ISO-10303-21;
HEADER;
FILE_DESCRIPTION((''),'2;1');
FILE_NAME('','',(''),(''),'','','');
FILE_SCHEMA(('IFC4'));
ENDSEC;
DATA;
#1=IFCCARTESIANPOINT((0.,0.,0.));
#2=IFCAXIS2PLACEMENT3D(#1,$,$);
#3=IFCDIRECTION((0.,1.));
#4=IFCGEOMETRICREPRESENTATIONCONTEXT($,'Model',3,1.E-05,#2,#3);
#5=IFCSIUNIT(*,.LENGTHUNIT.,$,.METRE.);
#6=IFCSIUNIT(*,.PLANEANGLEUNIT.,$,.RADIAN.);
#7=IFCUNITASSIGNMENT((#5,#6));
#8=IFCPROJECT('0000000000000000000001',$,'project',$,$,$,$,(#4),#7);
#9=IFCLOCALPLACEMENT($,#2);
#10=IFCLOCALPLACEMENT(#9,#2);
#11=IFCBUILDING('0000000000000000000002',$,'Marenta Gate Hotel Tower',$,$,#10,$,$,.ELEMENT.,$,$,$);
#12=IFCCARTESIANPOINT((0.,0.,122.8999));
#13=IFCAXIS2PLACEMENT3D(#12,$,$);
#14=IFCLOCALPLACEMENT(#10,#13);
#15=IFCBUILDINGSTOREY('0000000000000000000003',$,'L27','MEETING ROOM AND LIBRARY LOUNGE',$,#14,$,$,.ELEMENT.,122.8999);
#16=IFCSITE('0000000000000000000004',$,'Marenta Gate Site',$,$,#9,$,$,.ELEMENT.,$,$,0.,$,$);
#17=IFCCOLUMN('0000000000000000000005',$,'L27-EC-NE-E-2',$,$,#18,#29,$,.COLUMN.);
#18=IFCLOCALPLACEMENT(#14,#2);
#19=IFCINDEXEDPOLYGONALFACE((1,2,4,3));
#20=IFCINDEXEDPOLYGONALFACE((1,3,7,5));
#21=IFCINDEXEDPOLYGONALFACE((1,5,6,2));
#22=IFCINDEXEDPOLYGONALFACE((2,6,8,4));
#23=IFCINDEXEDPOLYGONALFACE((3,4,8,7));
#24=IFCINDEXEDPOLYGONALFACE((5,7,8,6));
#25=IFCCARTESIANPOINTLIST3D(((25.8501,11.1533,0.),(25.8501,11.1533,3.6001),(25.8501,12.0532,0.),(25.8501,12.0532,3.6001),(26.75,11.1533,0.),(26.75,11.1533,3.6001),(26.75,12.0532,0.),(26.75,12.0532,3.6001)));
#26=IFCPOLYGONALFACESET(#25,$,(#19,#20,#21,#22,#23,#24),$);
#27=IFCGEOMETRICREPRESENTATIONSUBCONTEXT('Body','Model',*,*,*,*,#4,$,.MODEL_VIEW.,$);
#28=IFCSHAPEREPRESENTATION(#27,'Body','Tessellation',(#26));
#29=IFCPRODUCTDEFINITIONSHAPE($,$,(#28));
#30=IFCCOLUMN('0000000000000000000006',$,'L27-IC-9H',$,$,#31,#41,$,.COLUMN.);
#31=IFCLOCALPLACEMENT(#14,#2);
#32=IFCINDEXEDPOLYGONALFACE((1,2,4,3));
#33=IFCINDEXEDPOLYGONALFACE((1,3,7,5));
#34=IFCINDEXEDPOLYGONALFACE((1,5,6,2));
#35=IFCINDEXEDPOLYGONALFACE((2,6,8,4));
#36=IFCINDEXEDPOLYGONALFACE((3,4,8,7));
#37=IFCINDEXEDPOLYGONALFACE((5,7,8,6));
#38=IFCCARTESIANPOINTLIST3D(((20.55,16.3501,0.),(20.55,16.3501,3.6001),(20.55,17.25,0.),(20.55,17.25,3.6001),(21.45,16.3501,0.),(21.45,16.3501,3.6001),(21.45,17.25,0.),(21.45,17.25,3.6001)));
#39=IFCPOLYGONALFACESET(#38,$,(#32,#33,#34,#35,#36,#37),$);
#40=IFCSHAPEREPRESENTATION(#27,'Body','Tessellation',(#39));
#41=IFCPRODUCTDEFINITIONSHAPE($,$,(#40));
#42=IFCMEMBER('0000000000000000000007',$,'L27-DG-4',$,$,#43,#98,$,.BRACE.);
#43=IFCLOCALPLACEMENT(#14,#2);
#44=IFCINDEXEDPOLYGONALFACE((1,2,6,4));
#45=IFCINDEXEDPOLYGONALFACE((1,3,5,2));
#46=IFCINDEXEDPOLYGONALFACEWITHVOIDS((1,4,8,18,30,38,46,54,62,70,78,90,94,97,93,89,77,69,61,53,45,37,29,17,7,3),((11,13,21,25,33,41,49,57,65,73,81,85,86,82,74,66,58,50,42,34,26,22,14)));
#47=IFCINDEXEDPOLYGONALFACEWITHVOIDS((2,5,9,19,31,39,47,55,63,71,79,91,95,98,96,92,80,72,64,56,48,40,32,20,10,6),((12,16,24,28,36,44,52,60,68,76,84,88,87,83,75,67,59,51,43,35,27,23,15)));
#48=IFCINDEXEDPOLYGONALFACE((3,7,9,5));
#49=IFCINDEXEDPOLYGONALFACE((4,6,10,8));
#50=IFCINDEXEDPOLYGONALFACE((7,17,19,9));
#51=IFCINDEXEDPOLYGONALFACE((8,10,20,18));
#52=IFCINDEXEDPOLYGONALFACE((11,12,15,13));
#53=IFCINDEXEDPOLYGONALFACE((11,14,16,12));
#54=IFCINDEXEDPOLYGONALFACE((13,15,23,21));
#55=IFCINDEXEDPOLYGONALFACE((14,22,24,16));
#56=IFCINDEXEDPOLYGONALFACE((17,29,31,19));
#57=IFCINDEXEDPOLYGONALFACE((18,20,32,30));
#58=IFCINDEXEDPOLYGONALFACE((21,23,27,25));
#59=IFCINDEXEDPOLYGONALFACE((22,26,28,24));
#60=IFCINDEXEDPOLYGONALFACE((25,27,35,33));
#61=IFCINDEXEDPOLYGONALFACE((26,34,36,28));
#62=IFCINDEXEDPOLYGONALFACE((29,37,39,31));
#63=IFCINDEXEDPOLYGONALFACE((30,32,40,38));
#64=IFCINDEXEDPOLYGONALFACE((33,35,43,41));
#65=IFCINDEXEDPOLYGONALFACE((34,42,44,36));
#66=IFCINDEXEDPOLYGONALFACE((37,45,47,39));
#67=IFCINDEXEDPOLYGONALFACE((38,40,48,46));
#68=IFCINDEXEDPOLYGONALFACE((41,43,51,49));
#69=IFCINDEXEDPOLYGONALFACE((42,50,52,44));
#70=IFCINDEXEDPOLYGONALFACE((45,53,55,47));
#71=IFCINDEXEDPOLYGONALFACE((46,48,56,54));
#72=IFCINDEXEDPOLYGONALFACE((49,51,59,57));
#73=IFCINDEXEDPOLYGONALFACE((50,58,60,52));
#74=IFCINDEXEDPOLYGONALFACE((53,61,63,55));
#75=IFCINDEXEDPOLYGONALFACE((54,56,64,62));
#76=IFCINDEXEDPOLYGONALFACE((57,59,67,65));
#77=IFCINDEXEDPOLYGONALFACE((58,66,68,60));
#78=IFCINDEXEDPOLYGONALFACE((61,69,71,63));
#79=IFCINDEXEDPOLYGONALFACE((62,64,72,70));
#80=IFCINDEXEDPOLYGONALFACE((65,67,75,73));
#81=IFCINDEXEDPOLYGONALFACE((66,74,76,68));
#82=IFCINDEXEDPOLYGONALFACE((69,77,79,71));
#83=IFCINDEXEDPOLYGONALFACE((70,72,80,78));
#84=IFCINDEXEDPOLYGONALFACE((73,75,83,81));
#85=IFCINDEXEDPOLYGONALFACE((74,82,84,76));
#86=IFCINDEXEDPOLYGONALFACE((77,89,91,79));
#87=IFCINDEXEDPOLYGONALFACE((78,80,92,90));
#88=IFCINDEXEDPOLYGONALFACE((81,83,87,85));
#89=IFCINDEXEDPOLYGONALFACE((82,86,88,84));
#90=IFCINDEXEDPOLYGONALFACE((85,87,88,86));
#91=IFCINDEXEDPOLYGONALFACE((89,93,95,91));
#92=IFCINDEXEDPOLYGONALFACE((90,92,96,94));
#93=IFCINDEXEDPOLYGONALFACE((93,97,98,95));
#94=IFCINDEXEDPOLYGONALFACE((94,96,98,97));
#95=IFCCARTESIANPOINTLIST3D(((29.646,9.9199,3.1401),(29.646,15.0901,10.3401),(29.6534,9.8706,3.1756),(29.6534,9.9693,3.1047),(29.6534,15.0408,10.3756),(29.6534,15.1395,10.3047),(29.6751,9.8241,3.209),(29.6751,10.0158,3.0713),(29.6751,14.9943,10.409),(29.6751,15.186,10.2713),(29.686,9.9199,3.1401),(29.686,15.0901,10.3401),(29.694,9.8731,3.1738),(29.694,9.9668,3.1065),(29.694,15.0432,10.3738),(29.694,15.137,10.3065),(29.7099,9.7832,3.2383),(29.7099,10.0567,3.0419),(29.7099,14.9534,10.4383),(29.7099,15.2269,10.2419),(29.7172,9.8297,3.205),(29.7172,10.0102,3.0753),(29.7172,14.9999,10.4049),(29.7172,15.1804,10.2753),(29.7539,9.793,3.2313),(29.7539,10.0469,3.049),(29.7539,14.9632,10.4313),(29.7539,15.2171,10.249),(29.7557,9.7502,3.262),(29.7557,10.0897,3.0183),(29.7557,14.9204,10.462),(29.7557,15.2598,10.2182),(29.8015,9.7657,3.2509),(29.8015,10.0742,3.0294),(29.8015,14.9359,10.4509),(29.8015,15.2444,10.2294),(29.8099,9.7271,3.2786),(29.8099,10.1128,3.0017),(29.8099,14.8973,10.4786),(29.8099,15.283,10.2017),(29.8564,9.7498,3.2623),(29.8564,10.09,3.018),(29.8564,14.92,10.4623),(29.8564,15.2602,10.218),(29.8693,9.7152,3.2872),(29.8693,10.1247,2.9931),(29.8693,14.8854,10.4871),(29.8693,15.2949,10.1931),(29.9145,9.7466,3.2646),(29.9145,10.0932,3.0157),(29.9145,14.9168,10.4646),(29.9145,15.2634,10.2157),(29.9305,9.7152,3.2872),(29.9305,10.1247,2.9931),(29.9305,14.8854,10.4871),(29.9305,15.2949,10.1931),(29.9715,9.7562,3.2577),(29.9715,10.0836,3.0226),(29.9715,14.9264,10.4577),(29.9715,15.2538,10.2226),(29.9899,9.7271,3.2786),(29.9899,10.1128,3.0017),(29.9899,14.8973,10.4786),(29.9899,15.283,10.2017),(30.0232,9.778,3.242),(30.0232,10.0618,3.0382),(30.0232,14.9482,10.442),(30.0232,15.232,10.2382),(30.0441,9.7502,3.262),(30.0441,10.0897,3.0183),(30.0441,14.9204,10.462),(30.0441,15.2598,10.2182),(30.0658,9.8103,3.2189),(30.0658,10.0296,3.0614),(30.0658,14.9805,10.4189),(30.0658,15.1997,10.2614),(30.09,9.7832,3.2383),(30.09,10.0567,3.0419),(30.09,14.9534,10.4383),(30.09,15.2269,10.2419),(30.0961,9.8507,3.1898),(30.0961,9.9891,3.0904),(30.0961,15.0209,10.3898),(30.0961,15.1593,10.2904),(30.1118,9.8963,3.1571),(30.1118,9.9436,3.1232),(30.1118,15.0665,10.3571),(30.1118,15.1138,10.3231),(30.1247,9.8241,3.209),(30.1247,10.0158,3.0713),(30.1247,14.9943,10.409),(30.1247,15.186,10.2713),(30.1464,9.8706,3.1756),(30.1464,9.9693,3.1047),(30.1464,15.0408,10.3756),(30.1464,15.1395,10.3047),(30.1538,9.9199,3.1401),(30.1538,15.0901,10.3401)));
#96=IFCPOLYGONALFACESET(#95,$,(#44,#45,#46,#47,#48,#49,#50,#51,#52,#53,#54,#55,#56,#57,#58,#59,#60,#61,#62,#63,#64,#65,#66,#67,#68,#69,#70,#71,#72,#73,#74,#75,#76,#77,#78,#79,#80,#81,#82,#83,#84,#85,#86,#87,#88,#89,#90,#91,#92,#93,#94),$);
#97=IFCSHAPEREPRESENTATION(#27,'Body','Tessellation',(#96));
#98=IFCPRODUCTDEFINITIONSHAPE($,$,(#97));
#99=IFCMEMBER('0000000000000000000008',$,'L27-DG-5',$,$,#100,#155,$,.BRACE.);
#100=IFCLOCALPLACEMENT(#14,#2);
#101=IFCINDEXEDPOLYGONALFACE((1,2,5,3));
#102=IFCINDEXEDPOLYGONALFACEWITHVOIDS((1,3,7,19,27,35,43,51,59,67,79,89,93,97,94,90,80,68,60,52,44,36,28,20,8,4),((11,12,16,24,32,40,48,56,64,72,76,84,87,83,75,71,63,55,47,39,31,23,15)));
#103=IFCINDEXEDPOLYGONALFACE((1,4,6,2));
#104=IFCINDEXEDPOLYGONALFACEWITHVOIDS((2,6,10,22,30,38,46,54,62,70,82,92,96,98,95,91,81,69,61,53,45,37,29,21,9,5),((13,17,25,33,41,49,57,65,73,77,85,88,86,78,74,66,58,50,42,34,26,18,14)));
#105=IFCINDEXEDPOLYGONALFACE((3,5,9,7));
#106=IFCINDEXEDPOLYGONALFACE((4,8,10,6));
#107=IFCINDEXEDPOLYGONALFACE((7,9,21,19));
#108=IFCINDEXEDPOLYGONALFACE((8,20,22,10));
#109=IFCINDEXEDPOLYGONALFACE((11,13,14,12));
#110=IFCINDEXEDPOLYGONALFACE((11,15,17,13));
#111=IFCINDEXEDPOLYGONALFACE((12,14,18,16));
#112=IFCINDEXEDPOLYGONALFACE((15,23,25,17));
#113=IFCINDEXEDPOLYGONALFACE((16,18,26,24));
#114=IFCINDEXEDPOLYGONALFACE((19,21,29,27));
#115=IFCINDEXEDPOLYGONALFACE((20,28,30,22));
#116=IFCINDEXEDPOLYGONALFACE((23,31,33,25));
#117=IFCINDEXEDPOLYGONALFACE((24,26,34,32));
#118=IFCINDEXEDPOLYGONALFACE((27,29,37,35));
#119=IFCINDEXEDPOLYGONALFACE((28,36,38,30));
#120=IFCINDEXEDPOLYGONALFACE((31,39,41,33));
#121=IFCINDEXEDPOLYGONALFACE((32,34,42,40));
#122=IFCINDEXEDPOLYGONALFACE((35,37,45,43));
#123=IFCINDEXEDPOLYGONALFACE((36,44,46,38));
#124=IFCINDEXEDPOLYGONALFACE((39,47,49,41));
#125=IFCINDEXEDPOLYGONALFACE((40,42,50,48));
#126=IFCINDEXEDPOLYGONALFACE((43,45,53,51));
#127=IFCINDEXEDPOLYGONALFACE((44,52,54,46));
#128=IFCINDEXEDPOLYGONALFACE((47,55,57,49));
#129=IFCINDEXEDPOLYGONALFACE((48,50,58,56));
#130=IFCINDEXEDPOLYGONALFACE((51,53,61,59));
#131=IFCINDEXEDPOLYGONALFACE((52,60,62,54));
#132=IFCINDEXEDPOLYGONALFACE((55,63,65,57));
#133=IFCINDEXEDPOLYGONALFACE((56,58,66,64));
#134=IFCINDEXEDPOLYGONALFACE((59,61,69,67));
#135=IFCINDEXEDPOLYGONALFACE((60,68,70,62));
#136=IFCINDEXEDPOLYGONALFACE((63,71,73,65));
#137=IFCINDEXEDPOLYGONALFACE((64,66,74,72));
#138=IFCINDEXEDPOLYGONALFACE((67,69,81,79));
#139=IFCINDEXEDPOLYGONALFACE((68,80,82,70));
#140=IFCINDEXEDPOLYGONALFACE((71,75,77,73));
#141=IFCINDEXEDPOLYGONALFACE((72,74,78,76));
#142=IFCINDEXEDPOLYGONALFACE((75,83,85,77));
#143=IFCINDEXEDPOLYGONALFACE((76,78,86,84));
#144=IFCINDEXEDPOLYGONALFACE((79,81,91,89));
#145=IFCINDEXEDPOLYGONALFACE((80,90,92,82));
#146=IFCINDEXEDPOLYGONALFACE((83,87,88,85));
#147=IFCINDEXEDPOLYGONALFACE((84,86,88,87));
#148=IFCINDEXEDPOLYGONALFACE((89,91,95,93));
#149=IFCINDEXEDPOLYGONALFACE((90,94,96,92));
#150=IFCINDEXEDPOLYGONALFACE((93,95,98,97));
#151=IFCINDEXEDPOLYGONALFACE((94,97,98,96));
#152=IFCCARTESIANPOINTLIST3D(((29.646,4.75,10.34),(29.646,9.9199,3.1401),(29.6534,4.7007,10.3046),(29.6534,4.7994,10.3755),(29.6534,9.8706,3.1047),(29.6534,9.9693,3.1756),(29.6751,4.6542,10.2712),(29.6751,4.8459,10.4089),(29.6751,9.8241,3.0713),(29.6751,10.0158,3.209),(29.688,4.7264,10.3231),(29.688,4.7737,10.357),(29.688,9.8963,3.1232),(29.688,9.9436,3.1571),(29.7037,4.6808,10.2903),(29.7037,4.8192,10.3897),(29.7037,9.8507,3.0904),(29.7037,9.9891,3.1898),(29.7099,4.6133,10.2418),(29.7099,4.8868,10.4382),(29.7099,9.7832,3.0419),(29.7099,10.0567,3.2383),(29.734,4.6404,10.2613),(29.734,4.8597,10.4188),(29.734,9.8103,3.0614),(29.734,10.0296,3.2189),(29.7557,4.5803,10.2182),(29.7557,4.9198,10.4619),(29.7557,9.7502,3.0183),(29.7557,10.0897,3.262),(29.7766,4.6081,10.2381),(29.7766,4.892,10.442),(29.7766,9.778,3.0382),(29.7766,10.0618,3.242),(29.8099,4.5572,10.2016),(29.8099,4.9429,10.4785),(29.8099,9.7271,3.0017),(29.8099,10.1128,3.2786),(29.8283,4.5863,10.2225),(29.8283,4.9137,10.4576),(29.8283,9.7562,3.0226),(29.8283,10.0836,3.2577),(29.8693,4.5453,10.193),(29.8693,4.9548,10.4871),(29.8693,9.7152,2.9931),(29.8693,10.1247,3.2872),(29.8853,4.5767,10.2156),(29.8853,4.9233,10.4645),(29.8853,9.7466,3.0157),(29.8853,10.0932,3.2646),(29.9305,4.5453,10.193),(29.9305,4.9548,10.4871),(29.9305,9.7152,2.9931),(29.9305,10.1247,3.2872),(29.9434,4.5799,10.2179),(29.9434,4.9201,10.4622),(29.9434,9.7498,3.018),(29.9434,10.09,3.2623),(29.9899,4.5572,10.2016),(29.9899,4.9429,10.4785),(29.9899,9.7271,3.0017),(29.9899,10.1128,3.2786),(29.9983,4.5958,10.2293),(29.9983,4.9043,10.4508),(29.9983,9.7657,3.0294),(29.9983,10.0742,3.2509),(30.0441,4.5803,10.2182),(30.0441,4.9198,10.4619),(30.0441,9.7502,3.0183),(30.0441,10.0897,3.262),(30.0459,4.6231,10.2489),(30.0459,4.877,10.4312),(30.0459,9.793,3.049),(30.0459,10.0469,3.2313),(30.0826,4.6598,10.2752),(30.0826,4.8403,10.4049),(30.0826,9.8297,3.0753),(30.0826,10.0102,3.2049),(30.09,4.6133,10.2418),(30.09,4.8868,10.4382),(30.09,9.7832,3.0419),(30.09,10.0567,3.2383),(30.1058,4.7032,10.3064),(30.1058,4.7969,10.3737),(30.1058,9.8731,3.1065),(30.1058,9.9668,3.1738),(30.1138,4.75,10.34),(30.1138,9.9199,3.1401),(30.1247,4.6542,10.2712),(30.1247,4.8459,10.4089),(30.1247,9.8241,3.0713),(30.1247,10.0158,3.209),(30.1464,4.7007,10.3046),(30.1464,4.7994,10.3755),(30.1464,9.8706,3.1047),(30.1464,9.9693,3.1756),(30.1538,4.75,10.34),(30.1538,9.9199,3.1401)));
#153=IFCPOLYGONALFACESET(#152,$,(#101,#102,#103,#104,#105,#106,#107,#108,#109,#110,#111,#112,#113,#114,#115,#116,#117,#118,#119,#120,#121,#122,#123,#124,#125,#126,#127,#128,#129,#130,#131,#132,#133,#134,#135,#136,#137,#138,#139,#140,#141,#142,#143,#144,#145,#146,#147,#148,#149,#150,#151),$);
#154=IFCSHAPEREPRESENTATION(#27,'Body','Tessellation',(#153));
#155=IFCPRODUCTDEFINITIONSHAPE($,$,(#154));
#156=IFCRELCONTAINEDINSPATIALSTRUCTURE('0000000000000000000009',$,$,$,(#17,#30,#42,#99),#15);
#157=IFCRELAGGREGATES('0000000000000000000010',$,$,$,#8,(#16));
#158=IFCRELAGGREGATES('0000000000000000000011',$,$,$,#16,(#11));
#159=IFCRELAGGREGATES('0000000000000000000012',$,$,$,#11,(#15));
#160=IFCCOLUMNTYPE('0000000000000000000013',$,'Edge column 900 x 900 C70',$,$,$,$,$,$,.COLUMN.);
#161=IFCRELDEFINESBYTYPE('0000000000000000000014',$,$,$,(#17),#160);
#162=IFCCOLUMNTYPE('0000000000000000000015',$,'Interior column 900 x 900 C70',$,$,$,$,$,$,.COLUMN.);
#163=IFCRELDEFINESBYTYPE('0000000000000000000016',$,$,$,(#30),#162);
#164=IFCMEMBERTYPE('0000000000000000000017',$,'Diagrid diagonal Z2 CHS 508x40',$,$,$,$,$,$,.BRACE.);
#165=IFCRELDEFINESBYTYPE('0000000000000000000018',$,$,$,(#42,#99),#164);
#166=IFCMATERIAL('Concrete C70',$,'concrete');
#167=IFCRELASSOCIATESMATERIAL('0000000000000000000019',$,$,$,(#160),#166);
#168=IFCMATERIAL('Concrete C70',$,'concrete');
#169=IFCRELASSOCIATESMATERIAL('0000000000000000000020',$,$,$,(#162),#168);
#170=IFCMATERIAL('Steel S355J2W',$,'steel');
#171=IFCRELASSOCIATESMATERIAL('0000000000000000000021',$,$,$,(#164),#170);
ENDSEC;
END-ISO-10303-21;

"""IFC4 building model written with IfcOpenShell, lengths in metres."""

from ifc_helpers import new_model, si_unit, direction, frame, origin, origin_2d, place, context, subcontext, project, spatial, rectangle, hollow_circle, extrude, material, material_profile, profile_set, type_object, element, save


model = new_model("IFC4")

# Units and contexts
model_context = context("Model", 3, precision=1e-05, world=origin(), true_north=direction((0.0, 1.0)))
body_context = subcontext(model_context, "Body", "Model", "MODEL_VIEW")
ifc_project = project(units=[si_unit("LENGTHUNIT", "METRE"), si_unit("PLANEANGLEUNIT", "RADIAN")], contexts=[model_context])

# Site, building, storey
site_placement = place(None, origin())
site = spatial("IfcSite", under=ifc_project, at=site_placement, Name="Marenta Gate Site", CompositionType="ELEMENT", RefElevation=0.0)
building_placement = place(site_placement, origin())
building = spatial("IfcBuilding", under=site, at=building_placement, Name="Marenta Gate Hotel Tower", CompositionType="ELEMENT")
storey_placement = place(building_placement, frame((0.0, 0.0, 122.8999)))
storey = spatial("IfcBuildingStorey", under=building, at=storey_placement, Name="L27", Description="MEETING ROOM AND LIBRARY LOUNGE", CompositionType="ELEMENT", Elevation=122.8999)

# Columns
ifc_material_1 = material(Name="Concrete C70", Category="concrete")
ifc_material_profile_1 = material_profile(ifc_material_1, rectangle(XDim=0.8999, YDim=0.8999, at=origin_2d()), Name="900 x 900")
ifc_profile_set_1 = profile_set([ifc_material_profile_1], Name="Concrete C70")
column_type_1 = type_object("IfcColumnType", Name="Edge column 900 x 900 C70", PredefinedType="COLUMN", material=ifc_profile_set_1)
column_1_placement = place(storey_placement, frame((26.3, 11.6033, 0.0), z_axis=(0.0, 0.0, 1.0), x_axis=(1.0, 0.0, 0.0)))
element("IfcColumn", 1, at=column_1_placement, inside=storey, type_object=column_type_1, Name="L27-EC-NE-E-2", PredefinedType="COLUMN", context=body_context, shape_type="SweptSolid", body=[
    extrude(rectangle(XDim=0.8999, YDim=0.8999, at=origin_2d()), origin(), (0.0, 0.0, 1.0), 3.6001),
])
ifc_material_2 = material(Name="Concrete C70", Category="concrete")
ifc_material_profile_2 = material_profile(ifc_material_2, rectangle(XDim=0.8999, YDim=0.8999, at=origin_2d()), Name="900 x 900")
ifc_profile_set_2 = profile_set([ifc_material_profile_2], Name="Concrete C70")
column_type_2 = type_object("IfcColumnType", Name="Interior column 900 x 900 C70", PredefinedType="COLUMN", material=ifc_profile_set_2)
column_2_placement = place(storey_placement, frame((21.0, 16.8, 0.0), z_axis=(0.0, 0.0, 1.0), x_axis=(1.0, 0.0, 0.0)))
element("IfcColumn", 2, at=column_2_placement, inside=storey, type_object=column_type_2, Name="L27-IC-9H", PredefinedType="COLUMN", context=body_context, shape_type="SweptSolid", body=[
    extrude(rectangle(XDim=0.8999, YDim=0.8999, at=origin_2d()), origin(), (0.0, 0.0, 1.0), 3.6001),
])

# Members
ifc_material_3 = material(Name="Steel S355J2W", Category="steel")
ifc_material_profile_3 = material_profile(ifc_material_3, hollow_circle(Radius=0.2539, WallThickness=0.04, at=origin_2d()), Name="CHS 508x40")
ifc_profile_set_3 = profile_set([ifc_material_profile_3], Name="Steel S355J2W")
member_type_1 = type_object("IfcMemberType", Name="Diagrid diagonal Z2 CHS 508x40", PredefinedType="BRACE", material=ifc_profile_set_3)
member_1_placement = place(storey_placement, frame((29.8999, 9.9199, 3.1401), z_axis=(0.0, 0.583279, 0.812272), x_axis=(-1.0, 0.0, 0.0)))
element("IfcMember", 3, at=member_1_placement, inside=storey, type_object=member_type_1, Name="L27-DG-4", PredefinedType="BRACE", context=body_context, shape_type="SweptSolid", body=[
    extrude(hollow_circle(Radius=0.2539, WallThickness=0.04, at=origin_2d()), origin(), (0.0, 0.0, 1.0), 8.864),
])
member_2_placement = place(storey_placement, frame((29.8999, 9.9199, 3.1401), z_axis=(0.0, -0.583261, 0.812285), x_axis=(1.0, 0.0, 0.0)))
element("IfcMember", 4, at=member_2_placement, inside=storey, type_object=member_type_1, Name="L27-DG-5", PredefinedType="BRACE", context=body_context, shape_type="SweptSolid", body=[
    extrude(hollow_circle(Radius=0.2539, WallThickness=0.04, at=origin_2d()), origin(), (0.0, 0.0, 1.0), 8.8638),
])

save(model, "model.ifc")
